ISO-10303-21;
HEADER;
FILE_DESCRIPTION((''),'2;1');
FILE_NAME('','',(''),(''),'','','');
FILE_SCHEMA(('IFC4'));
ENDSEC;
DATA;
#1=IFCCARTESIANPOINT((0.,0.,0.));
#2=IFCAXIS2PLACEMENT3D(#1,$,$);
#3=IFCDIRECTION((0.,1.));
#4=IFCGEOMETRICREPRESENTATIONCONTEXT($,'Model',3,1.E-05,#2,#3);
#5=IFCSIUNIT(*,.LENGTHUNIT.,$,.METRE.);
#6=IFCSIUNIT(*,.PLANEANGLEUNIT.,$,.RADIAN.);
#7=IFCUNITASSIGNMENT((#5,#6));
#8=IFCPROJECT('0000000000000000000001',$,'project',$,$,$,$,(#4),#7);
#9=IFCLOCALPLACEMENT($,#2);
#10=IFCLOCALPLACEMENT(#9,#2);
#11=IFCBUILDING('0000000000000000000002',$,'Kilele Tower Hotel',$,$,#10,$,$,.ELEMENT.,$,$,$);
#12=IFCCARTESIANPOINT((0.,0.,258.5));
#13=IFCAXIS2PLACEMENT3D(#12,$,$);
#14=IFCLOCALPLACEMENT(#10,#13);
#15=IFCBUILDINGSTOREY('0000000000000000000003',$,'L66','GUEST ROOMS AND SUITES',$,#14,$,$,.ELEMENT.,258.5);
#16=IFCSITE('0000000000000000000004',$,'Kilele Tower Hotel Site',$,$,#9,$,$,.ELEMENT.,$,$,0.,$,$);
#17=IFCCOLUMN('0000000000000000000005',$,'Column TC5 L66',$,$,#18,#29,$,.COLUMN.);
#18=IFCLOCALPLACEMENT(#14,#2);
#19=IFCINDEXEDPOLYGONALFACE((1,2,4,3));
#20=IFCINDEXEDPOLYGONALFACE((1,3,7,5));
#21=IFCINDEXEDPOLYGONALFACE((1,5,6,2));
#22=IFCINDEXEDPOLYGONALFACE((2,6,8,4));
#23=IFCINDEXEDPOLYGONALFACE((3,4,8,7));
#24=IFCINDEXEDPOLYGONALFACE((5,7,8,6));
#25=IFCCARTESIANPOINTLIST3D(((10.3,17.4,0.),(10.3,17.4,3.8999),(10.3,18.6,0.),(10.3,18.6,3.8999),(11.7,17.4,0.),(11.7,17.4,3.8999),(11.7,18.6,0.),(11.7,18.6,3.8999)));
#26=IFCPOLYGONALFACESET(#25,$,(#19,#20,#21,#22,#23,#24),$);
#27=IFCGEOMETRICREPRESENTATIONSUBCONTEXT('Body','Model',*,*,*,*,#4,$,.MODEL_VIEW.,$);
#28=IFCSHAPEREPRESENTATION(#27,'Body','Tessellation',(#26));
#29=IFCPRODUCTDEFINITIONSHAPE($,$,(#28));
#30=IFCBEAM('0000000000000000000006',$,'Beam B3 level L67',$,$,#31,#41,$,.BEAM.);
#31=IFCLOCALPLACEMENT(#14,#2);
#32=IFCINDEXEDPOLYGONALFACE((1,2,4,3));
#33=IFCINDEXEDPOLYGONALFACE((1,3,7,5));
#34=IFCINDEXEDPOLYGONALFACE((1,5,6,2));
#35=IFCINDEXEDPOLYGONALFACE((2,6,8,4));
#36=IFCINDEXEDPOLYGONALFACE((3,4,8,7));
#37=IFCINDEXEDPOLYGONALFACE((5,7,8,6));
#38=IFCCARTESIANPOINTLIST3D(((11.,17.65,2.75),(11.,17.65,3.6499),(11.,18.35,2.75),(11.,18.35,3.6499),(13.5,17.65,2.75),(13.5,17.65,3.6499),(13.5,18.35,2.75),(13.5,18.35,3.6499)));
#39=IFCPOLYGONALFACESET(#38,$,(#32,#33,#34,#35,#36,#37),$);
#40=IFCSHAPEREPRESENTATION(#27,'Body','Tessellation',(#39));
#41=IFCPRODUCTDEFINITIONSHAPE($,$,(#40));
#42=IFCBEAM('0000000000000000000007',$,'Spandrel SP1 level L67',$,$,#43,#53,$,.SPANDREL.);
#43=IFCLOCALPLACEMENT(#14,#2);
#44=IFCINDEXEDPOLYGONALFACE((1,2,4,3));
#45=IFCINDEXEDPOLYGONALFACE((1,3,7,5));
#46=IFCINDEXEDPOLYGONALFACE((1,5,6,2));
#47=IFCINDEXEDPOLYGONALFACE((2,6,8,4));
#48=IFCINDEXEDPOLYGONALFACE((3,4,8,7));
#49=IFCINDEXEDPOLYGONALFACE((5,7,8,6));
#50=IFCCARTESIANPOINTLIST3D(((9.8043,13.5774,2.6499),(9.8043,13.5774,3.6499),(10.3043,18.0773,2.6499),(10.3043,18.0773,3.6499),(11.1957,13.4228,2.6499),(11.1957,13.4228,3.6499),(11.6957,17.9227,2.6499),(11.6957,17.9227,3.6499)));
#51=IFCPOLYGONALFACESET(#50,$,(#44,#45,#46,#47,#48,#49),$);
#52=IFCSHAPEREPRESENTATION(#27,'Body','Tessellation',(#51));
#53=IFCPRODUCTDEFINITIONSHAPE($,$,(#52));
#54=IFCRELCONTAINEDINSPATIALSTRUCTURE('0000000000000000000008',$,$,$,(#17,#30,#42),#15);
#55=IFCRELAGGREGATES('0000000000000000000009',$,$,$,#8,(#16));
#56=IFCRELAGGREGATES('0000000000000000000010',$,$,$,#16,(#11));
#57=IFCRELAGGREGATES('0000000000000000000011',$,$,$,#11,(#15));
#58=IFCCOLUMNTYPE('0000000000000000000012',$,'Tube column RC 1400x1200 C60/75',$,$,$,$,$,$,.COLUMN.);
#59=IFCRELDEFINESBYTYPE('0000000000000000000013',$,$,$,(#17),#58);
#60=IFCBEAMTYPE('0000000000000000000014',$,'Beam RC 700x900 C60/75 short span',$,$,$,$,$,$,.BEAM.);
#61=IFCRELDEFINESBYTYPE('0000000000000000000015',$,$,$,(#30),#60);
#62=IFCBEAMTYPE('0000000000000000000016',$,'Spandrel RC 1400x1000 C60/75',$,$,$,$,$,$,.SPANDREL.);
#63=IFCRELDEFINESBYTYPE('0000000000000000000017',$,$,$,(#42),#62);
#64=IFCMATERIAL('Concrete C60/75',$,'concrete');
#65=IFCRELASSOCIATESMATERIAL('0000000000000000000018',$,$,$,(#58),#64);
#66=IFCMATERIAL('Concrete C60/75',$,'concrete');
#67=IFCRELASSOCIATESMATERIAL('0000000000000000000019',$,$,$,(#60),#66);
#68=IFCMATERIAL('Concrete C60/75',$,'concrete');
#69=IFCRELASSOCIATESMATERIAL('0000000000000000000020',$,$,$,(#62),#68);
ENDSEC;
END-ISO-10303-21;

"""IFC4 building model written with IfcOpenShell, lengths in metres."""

from ifc_helpers import new_model, si_unit, direction, frame, origin, origin_2d, place, context, subcontext, project, spatial, rectangle, extrude, material, material_profile, profile_set, type_object, element, save


model = new_model("IFC4")

# Units and contexts
model_context = context("Model", 3, precision=1e-05, world=origin(), true_north=direction((0.0, 1.0)))
body_context = subcontext(model_context, "Body", "Model", "MODEL_VIEW")
ifc_project = project(units=[si_unit("LENGTHUNIT", "METRE"), si_unit("PLANEANGLEUNIT", "RADIAN")], contexts=[model_context])

# Site, building, storey
site_placement = place(None, origin())
site = spatial("IfcSite", under=ifc_project, at=site_placement, Name="Kilele Tower Hotel Site", CompositionType="ELEMENT", RefElevation=0.0)
building_placement = place(site_placement, origin())
building = spatial("IfcBuilding", under=site, at=building_placement, Name="Kilele Tower Hotel", CompositionType="ELEMENT")
storey_placement = place(building_placement, frame((0.0, 0.0, 258.5)))
storey = spatial("IfcBuildingStorey", under=building, at=storey_placement, Name="L66", Description="GUEST ROOMS AND SUITES", CompositionType="ELEMENT", Elevation=258.5)

# Column
ifc_material_1 = material(Name="Concrete C60/75", Category="concrete")
ifc_material_profile_1 = material_profile(ifc_material_1, rectangle(XDim=1.3999, YDim=1.2, at=origin_2d()))
ifc_profile_set_1 = profile_set([ifc_material_profile_1], Name="Concrete C60/75")
column_type = type_object("IfcColumnType", Name="Tube column RC 1400x1200 C60/75", PredefinedType="COLUMN", material=ifc_profile_set_1)
column_placement = place(storey_placement, frame((11.0, 18.0, 0.0), z_axis=(0.0, 0.0, 1.0), x_axis=(1.0, 0.0, 0.0)))
element("IfcColumn", 1, at=column_placement, inside=storey, type_object=column_type, Name="Column TC5 L66", PredefinedType="COLUMN", context=body_context, shape_type="SweptSolid", body=[
    extrude(rectangle(XDim=1.3999, YDim=1.2, at=origin_2d()), origin(), (0.0, 0.0, 1.0), 3.8999),
])

# Beams
ifc_material_2 = material(Name="Concrete C60/75", Category="concrete")
ifc_material_profile_2 = material_profile(ifc_material_2, rectangle(XDim=0.7, YDim=0.8999, at=origin_2d()))
ifc_profile_set_2 = profile_set([ifc_material_profile_2], Name="Concrete C60/75")
beam_type_1 = type_object("IfcBeamType", Name="Beam RC 700x900 C60/75 short span", PredefinedType="BEAM", material=ifc_profile_set_2)
beam_1_placement = place(storey_placement, frame((11.0, 18.0, 3.2), z_axis=(1.0, 0.0, 0.0), x_axis=(0.0, 1.0, 0.0)))
element("IfcBeam", 2, at=beam_1_placement, inside=storey, type_object=beam_type_1, Name="Beam B3 level L67", PredefinedType="BEAM", context=body_context, shape_type="SweptSolid", body=[
    extrude(rectangle(XDim=0.7, YDim=0.8999, at=origin_2d()), origin(), (0.0, 0.0, 1.0), 2.5),
])
ifc_material_3 = material(Name="Concrete C60/75", Category="concrete")
ifc_material_profile_3 = material_profile(ifc_material_3, rectangle(XDim=1.3999, YDim=1.0, at=origin_2d()))
ifc_profile_set_3 = profile_set([ifc_material_profile_3], Name="Concrete C60/75")
beam_type_2 = type_object("IfcBeamType", Name="Spandrel RC 1400x1000 C60/75", PredefinedType="SPANDREL", material=ifc_profile_set_3)
beam_2_placement = place(storey_placement, frame((11.0, 18.0, 3.1499), z_axis=(-0.110432, -0.993884, 0.0), x_axis=(0.993884, -0.110432, 0.0)))
element("IfcBeam", 3, at=beam_2_placement, inside=storey, type_object=beam_type_2, Name="Spandrel SP1 level L67", PredefinedType="SPANDREL", context=body_context, shape_type="SweptSolid", body=[
    extrude(rectangle(XDim=1.3999, YDim=1.0, at=origin_2d()), origin(), (0.0, 0.0, 1.0), 4.5276),
])

save(model, "model.ifc")
